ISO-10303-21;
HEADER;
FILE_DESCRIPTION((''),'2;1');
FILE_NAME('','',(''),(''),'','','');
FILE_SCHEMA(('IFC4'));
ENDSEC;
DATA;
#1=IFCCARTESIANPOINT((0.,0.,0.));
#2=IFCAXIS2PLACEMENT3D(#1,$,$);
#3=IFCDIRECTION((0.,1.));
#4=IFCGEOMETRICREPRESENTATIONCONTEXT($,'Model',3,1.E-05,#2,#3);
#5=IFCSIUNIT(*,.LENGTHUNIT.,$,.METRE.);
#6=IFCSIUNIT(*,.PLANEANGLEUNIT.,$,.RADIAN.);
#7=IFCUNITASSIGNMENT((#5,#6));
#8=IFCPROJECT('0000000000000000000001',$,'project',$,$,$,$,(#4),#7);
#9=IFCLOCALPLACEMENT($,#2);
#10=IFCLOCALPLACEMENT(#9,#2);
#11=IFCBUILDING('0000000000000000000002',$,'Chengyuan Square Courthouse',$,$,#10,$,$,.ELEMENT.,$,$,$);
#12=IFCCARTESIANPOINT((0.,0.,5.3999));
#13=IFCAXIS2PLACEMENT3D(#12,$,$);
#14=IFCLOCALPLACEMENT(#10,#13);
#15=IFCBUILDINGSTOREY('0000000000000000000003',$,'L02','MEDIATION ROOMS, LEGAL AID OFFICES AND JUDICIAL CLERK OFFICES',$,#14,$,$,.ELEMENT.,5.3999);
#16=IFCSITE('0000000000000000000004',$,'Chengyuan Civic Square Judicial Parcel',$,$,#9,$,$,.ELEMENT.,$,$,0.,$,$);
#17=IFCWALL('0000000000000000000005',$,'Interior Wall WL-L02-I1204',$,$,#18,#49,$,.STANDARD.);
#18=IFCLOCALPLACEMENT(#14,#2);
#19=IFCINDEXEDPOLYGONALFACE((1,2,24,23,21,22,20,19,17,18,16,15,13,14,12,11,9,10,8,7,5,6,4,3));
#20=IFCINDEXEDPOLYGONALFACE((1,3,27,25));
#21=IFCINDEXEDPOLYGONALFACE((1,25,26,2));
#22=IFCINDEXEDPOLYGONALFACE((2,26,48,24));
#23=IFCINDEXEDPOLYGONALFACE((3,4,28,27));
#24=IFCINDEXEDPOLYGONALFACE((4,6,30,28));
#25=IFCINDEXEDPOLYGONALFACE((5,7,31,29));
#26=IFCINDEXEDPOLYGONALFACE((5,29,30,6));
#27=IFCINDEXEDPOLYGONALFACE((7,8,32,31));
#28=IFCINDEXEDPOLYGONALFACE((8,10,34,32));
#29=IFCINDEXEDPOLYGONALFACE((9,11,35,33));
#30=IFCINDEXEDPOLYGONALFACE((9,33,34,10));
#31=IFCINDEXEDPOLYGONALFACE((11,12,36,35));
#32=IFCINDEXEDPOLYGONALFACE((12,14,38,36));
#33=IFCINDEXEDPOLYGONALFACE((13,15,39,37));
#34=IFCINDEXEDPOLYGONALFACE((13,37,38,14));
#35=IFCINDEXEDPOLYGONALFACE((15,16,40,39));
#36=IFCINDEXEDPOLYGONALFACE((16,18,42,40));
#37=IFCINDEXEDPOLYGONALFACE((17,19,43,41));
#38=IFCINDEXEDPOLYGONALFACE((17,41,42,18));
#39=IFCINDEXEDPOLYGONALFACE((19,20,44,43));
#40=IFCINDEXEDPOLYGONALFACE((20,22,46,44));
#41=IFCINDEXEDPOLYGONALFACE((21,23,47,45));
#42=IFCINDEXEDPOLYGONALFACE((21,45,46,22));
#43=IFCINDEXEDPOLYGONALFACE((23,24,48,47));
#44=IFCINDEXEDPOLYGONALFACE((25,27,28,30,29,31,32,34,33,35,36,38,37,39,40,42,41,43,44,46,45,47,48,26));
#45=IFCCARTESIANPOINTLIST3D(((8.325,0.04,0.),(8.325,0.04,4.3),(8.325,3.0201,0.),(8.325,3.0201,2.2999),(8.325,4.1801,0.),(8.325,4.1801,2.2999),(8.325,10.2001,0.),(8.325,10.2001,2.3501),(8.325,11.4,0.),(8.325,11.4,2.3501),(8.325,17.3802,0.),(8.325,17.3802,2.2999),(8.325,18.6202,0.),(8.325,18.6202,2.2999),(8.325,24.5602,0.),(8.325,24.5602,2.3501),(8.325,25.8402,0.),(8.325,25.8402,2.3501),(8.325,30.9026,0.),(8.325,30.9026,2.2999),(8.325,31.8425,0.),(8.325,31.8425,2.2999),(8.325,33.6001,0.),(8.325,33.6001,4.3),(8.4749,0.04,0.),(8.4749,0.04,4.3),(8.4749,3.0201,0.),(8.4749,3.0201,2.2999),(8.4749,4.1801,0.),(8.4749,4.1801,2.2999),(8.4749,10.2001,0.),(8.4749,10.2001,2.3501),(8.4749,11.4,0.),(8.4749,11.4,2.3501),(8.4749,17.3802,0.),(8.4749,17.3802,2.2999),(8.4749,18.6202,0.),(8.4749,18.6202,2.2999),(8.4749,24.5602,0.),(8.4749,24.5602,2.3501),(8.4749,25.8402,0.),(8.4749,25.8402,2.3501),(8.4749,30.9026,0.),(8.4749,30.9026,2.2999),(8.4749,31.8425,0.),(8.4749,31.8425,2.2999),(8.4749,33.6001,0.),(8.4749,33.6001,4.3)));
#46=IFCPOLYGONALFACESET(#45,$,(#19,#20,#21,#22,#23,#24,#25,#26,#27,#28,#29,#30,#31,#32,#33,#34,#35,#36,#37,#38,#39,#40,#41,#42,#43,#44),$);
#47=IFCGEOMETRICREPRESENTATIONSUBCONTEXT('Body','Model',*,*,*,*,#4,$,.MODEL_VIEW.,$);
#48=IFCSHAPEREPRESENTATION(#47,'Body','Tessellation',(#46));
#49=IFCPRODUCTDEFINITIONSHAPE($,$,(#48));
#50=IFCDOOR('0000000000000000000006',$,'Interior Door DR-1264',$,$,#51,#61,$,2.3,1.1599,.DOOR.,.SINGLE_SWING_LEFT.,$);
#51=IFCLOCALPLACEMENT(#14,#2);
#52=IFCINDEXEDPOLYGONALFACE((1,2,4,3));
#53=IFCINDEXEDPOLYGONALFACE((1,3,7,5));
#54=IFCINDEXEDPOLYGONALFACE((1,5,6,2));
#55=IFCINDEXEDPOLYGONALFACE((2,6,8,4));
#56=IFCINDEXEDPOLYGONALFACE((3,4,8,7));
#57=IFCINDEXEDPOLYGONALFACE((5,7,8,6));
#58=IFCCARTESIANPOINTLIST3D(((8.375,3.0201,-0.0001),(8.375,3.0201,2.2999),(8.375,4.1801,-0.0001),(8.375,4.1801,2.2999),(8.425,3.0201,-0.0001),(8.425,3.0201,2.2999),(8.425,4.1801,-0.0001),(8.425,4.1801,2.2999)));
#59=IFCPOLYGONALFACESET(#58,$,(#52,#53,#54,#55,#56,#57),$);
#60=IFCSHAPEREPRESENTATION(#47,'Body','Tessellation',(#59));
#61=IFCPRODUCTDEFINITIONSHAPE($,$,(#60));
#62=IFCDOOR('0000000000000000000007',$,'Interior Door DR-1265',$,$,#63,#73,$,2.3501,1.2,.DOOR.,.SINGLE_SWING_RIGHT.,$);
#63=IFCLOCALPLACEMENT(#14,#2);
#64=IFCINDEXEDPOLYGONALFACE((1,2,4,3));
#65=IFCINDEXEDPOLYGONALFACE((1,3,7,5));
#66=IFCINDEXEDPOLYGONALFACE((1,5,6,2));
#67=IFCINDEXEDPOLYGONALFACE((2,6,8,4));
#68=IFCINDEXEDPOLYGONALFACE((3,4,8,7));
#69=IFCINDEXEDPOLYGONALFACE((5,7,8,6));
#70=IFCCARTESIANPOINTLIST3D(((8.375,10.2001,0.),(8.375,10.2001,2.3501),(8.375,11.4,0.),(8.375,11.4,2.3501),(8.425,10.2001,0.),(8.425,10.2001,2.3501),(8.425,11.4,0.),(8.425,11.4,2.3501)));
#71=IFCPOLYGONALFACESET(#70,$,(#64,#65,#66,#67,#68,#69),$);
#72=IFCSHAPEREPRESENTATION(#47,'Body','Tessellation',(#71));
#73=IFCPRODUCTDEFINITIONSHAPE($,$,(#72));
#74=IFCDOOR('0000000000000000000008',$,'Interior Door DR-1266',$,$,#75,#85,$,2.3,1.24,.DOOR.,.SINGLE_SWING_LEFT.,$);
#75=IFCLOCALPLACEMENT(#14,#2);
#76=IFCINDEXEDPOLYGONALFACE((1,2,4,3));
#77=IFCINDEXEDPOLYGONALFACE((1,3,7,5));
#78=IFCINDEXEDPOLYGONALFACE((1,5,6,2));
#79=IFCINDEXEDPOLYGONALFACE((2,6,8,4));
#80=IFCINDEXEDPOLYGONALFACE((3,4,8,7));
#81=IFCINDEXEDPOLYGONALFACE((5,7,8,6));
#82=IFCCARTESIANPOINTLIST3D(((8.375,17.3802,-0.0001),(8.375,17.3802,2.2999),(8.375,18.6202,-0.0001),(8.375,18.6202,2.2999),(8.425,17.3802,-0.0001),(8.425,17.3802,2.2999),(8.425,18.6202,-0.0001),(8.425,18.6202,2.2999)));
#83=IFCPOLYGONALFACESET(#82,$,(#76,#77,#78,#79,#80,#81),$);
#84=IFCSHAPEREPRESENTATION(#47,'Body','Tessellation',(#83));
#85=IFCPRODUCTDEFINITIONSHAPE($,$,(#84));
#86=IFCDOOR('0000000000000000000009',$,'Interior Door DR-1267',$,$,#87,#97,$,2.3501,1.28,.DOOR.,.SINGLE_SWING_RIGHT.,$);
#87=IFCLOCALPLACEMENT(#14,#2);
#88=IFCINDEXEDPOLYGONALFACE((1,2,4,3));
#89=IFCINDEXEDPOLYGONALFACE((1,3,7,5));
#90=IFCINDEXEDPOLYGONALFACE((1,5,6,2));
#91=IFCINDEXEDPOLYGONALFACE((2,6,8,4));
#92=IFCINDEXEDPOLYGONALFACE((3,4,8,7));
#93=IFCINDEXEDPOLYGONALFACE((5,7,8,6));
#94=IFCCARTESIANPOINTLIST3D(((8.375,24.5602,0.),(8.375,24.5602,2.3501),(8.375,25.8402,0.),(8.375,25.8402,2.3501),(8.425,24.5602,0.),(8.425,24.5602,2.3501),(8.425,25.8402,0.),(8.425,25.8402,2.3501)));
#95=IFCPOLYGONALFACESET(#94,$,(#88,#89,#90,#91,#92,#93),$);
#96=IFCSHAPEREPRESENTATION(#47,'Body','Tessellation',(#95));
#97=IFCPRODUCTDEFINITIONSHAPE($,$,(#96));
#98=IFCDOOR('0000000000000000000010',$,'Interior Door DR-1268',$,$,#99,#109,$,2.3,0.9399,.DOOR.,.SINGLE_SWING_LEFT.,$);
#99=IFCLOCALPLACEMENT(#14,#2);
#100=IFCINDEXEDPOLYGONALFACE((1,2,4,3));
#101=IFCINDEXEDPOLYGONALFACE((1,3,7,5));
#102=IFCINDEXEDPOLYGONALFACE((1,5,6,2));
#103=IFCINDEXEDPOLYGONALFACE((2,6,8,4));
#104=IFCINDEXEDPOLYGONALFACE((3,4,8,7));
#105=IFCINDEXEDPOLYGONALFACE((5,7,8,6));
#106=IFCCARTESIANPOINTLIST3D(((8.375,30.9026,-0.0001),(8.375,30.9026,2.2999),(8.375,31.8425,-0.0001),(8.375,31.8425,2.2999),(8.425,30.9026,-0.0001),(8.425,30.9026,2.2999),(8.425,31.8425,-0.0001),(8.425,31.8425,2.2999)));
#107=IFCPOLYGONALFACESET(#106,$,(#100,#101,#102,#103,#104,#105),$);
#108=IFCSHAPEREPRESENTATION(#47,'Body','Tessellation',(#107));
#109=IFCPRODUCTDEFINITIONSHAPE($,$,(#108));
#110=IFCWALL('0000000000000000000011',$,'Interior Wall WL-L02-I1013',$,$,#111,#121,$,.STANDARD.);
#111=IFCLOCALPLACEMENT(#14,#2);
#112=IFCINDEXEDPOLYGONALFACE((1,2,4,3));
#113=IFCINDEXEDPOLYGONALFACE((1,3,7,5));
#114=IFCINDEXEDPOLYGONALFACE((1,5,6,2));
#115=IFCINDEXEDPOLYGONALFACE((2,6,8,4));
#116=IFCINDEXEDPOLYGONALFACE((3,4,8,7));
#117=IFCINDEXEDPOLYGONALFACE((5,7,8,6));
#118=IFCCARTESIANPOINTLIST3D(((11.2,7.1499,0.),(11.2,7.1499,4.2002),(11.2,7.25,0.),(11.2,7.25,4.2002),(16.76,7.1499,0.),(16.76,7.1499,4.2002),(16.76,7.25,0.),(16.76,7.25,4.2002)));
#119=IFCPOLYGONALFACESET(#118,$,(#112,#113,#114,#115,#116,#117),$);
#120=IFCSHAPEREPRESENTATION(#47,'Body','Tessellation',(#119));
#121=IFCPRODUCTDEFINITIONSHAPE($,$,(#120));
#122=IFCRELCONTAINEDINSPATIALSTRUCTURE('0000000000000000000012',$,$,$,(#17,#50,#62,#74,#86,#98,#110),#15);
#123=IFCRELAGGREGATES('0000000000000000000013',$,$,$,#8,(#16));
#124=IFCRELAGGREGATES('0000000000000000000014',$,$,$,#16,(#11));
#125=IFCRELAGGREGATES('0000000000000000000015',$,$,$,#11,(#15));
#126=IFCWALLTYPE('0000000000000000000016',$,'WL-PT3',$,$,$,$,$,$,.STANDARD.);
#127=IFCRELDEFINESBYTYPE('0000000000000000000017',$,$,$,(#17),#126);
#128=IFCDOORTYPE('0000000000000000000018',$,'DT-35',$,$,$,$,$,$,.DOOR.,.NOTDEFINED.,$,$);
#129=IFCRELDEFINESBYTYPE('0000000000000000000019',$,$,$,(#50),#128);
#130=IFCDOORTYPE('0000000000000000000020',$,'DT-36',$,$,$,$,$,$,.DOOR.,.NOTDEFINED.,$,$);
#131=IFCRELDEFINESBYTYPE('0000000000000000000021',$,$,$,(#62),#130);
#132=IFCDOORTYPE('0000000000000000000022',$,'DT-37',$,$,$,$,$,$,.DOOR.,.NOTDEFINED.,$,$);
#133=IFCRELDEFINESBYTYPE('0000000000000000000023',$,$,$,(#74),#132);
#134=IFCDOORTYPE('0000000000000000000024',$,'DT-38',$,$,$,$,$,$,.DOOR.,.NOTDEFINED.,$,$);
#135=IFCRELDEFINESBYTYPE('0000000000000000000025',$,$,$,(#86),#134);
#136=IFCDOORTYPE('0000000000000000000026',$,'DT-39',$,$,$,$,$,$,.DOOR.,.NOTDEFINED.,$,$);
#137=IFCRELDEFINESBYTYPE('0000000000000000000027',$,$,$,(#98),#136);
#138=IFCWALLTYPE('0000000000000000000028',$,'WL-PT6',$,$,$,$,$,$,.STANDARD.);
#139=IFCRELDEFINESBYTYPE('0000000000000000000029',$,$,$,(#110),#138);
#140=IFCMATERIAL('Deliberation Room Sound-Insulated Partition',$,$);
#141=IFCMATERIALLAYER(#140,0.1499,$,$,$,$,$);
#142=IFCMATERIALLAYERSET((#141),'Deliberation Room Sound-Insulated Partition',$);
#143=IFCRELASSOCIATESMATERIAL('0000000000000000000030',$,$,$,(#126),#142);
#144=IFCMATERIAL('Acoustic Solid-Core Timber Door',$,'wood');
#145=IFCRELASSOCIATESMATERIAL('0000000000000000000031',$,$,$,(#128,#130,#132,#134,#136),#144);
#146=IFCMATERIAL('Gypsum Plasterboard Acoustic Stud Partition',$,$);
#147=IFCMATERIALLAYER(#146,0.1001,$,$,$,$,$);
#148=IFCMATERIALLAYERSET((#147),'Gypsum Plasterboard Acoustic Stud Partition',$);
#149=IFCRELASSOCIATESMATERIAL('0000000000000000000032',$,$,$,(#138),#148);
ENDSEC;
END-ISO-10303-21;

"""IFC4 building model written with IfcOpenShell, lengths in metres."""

from ifc_helpers import new_model, si_unit, direction, frame, frame_2d, origin, place, context, subcontext, project, spatial, rectangle, extrude, material, layer, layer_set, type_object, element, fill, save


model = new_model("IFC4")

# Units and contexts
model_context = context("Model", 3, precision=1e-05, world=origin(), true_north=direction((0.0, 1.0)))
body_context = subcontext(model_context, "Body", "Model", "MODEL_VIEW")
ifc_project = project(units=[si_unit("LENGTHUNIT", "METRE"), si_unit("PLANEANGLEUNIT", "RADIAN")], contexts=[model_context])

# Site, building, storey
site_placement = place(None, origin())
site = spatial("IfcSite", under=ifc_project, at=site_placement, Name="Chengyuan Civic Square Judicial Parcel", CompositionType="ELEMENT", RefElevation=0.0)
building_placement = place(site_placement, origin())
building = spatial("IfcBuilding", under=site, at=building_placement, Name="Chengyuan Square Courthouse", CompositionType="ELEMENT")
storey_placement = place(building_placement, frame((0.0, 0.0, 5.3999)))
storey = spatial("IfcBuildingStorey", under=building, at=storey_placement, Name="L02", Description="MEDIATION ROOMS, LEGAL AID OFFICES AND JUDICIAL CLERK OFFICES", CompositionType="ELEMENT", Elevation=5.3999)

# Wall, openings, doors
ifc_material_1 = material(Name="Deliberation Room Sound-Insulated Partition")
ifc_layer_1 = layer(ifc_material_1, 0.1499)
ifc_layer_set_1 = layer_set([ifc_layer_1], Name="Deliberation Room Sound-Insulated Partition")
wall_type_1 = type_object("IfcWallType", Name="WL-PT3", PredefinedType="STANDARD", material=ifc_layer_set_1)
wall_1_placement = place(storey_placement, frame((8.3999, 0.04, 0.0), z_axis=(0.0, 0.0, 1.0), x_axis=(0.0, 1.0, 0.0)))
wall_1 = element("IfcWall", 1, at=wall_1_placement, inside=storey, type_object=wall_type_1, Name="Interior Wall WL-L02-I1204", PredefinedType="STANDARD", context=body_context, shape_type="SweptSolid", body=[
    extrude(rectangle(XDim=33.5601, YDim=0.1499, at=frame_2d((16.78, 0.0))), origin(), (0.0, 0.0, 1.0), 4.3),
])
opening_1_placement = place(wall_1_placement, frame((2.98, 0.0, 0.0)))
opening_1 = element("IfcOpeningElement", 2, at=opening_1_placement, cuts=wall_1, PredefinedType="OPENING", context=body_context, shape_type="SweptSolid", body=[
    extrude(rectangle(XDim=1.1599, YDim=2.3, at=frame_2d((0.5801, 1.1499))), frame((0.0, 0.0869, 0.0), z_axis=(0.0, -1.0, 0.0), x_axis=(1.0, 0.0, 0.0)), (0.0, 0.0, 1.0), 0.1738),
])
opening_2_placement = place(wall_1_placement, frame((10.1599, 0.0, 0.0)))
opening_2 = element("IfcOpeningElement", 3, at=opening_2_placement, cuts=wall_1, PredefinedType="OPENING", context=body_context, shape_type="SweptSolid", body=[
    extrude(rectangle(XDim=1.2, YDim=2.3501, at=frame_2d((0.6001, 1.175))), frame((0.0, 0.0869, 0.0), z_axis=(0.0, -1.0, 0.0), x_axis=(1.0, 0.0, 0.0)), (0.0, 0.0, 1.0), 0.1738),
])
opening_3_placement = place(wall_1_placement, frame((17.3401, 0.0, 0.0)))
opening_3 = element("IfcOpeningElement", 4, at=opening_3_placement, cuts=wall_1, PredefinedType="OPENING", context=body_context, shape_type="SweptSolid", body=[
    extrude(rectangle(XDim=1.24, YDim=2.3, at=frame_2d((0.6201, 1.1499))), frame((0.0, 0.0869, 0.0), z_axis=(0.0, -1.0, 0.0), x_axis=(1.0, 0.0, 0.0)), (0.0, 0.0, 1.0), 0.1738),
])
opening_4_placement = place(wall_1_placement, frame((24.52, 0.0, 0.0)))
opening_4 = element("IfcOpeningElement", 5, at=opening_4_placement, cuts=wall_1, PredefinedType="OPENING", context=body_context, shape_type="SweptSolid", body=[
    extrude(rectangle(XDim=1.28, YDim=2.3501, at=frame_2d((0.6401, 1.175))), frame((0.0, 0.0869, 0.0), z_axis=(0.0, -1.0, 0.0), x_axis=(1.0, 0.0, 0.0)), (0.0, 0.0, 1.0), 0.1738),
])
opening_5_placement = place(wall_1_placement, frame((30.8625, 0.0, 0.0)))
opening_5 = element("IfcOpeningElement", 6, at=opening_5_placement, cuts=wall_1, PredefinedType="OPENING", context=body_context, shape_type="SweptSolid", body=[
    extrude(rectangle(XDim=0.9399, YDim=2.3, at=frame_2d((0.47, 1.1499))), frame((0.0, 0.0869, 0.0), z_axis=(0.0, -1.0, 0.0), x_axis=(1.0, 0.0, 0.0)), (0.0, 0.0, 1.0), 0.1738),
])
ifc_material_2 = material(Name="Acoustic Solid-Core Timber Door", Category="wood")
door_type_1 = type_object("IfcDoorType", Name="DT-35", OperationType="NOTDEFINED", PredefinedType="DOOR", material=ifc_material_2)
door_1_placement = place(opening_1_placement, origin())
door_1 = element("IfcDoor", 7, at=door_1_placement, inside=storey, type_object=door_type_1, Name="Interior Door DR-1264", OperationType="SINGLE_SWING_LEFT", OverallHeight=2.3, OverallWidth=1.1599, PredefinedType="DOOR", context=body_context, shape_type="SweptSolid", body=[
    extrude(rectangle(XDim=1.1599, YDim=2.3, at=frame_2d((0.5801, 1.1499))), frame((0.0, 0.0249, 0.0), z_axis=(0.0, -1.0, 0.0), x_axis=(1.0, 0.0, 0.0)), (0.0, 0.0, 1.0), 0.05),
])
fill(opening_1, door_1)
door_type_2 = type_object("IfcDoorType", Name="DT-36", OperationType="NOTDEFINED", PredefinedType="DOOR", material=ifc_material_2)
door_2_placement = place(opening_2_placement, origin())
door_2 = element("IfcDoor", 8, at=door_2_placement, inside=storey, type_object=door_type_2, Name="Interior Door DR-1265", OperationType="SINGLE_SWING_RIGHT", OverallHeight=2.3501, OverallWidth=1.2, PredefinedType="DOOR", context=body_context, shape_type="SweptSolid", body=[
    extrude(rectangle(XDim=1.2, YDim=2.3501, at=frame_2d((0.6001, 1.175))), frame((0.0, 0.0249, 0.0), z_axis=(0.0, -1.0, 0.0), x_axis=(1.0, 0.0, 0.0)), (0.0, 0.0, 1.0), 0.05),
])
fill(opening_2, door_2)
door_type_3 = type_object("IfcDoorType", Name="DT-37", OperationType="NOTDEFINED", PredefinedType="DOOR", material=ifc_material_2)
door_3_placement = place(opening_3_placement, origin())
door_3 = element("IfcDoor", 9, at=door_3_placement, inside=storey, type_object=door_type_3, Name="Interior Door DR-1266", OperationType="SINGLE_SWING_LEFT", OverallHeight=2.3, OverallWidth=1.24, PredefinedType="DOOR", context=body_context, shape_type="SweptSolid", body=[
    extrude(rectangle(XDim=1.24, YDim=2.3, at=frame_2d((0.6201, 1.1499))), frame((0.0, 0.0249, 0.0), z_axis=(0.0, -1.0, 0.0), x_axis=(1.0, 0.0, 0.0)), (0.0, 0.0, 1.0), 0.05),
])
fill(opening_3, door_3)
door_type_4 = type_object("IfcDoorType", Name="DT-38", OperationType="NOTDEFINED", PredefinedType="DOOR", material=ifc_material_2)
door_4_placement = place(opening_4_placement, origin())
door_4 = element("IfcDoor", 10, at=door_4_placement, inside=storey, type_object=door_type_4, Name="Interior Door DR-1267", OperationType="SINGLE_SWING_RIGHT", OverallHeight=2.3501, OverallWidth=1.28, PredefinedType="DOOR", context=body_context, shape_type="SweptSolid", body=[
    extrude(rectangle(XDim=1.28, YDim=2.3501, at=frame_2d((0.6401, 1.175))), frame((0.0, 0.0249, 0.0), z_axis=(0.0, -1.0, 0.0), x_axis=(1.0, 0.0, 0.0)), (0.0, 0.0, 1.0), 0.05),
])
fill(opening_4, door_4)
door_type_5 = type_object("IfcDoorType", Name="DT-39", OperationType="NOTDEFINED", PredefinedType="DOOR", material=ifc_material_2)
door_5_placement = place(opening_5_placement, origin())
door_5 = element("IfcDoor", 11, at=door_5_placement, inside=storey, type_object=door_type_5, Name="Interior Door DR-1268", OperationType="SINGLE_SWING_LEFT", OverallHeight=2.3, OverallWidth=0.9399, PredefinedType="DOOR", context=body_context, shape_type="SweptSolid", body=[
    extrude(rectangle(XDim=0.9399, YDim=2.3, at=frame_2d((0.47, 1.1499))), frame((0.0, 0.0249, 0.0), z_axis=(0.0, -1.0, 0.0), x_axis=(1.0, 0.0, 0.0)), (0.0, 0.0, 1.0), 0.05),
])
fill(opening_5, door_5)

# Wall
ifc_material_3 = material(Name="Gypsum Plasterboard Acoustic Stud Partition")
ifc_layer_2 = layer(ifc_material_3, 0.1001)
ifc_layer_set_2 = layer_set([ifc_layer_2], Name="Gypsum Plasterboard Acoustic Stud Partition")
wall_type_2 = type_object("IfcWallType", Name="WL-PT6", PredefinedType="STANDARD", material=ifc_layer_set_2)
wall_2_placement = place(storey_placement, frame((11.2, 7.2, 0.0), z_axis=(0.0, 0.0, 1.0), x_axis=(1.0, 0.0, 0.0)))
element("IfcWall", 12, at=wall_2_placement, inside=storey, type_object=wall_type_2, Name="Interior Wall WL-L02-I1013", PredefinedType="STANDARD", context=body_context, shape_type="SweptSolid", body=[
    extrude(rectangle(XDim=5.5601, YDim=0.1001, at=frame_2d((2.78, 0.0))), origin(), (0.0, 0.0, 1.0), 4.2002),
])

save(model, "model.ifc")
